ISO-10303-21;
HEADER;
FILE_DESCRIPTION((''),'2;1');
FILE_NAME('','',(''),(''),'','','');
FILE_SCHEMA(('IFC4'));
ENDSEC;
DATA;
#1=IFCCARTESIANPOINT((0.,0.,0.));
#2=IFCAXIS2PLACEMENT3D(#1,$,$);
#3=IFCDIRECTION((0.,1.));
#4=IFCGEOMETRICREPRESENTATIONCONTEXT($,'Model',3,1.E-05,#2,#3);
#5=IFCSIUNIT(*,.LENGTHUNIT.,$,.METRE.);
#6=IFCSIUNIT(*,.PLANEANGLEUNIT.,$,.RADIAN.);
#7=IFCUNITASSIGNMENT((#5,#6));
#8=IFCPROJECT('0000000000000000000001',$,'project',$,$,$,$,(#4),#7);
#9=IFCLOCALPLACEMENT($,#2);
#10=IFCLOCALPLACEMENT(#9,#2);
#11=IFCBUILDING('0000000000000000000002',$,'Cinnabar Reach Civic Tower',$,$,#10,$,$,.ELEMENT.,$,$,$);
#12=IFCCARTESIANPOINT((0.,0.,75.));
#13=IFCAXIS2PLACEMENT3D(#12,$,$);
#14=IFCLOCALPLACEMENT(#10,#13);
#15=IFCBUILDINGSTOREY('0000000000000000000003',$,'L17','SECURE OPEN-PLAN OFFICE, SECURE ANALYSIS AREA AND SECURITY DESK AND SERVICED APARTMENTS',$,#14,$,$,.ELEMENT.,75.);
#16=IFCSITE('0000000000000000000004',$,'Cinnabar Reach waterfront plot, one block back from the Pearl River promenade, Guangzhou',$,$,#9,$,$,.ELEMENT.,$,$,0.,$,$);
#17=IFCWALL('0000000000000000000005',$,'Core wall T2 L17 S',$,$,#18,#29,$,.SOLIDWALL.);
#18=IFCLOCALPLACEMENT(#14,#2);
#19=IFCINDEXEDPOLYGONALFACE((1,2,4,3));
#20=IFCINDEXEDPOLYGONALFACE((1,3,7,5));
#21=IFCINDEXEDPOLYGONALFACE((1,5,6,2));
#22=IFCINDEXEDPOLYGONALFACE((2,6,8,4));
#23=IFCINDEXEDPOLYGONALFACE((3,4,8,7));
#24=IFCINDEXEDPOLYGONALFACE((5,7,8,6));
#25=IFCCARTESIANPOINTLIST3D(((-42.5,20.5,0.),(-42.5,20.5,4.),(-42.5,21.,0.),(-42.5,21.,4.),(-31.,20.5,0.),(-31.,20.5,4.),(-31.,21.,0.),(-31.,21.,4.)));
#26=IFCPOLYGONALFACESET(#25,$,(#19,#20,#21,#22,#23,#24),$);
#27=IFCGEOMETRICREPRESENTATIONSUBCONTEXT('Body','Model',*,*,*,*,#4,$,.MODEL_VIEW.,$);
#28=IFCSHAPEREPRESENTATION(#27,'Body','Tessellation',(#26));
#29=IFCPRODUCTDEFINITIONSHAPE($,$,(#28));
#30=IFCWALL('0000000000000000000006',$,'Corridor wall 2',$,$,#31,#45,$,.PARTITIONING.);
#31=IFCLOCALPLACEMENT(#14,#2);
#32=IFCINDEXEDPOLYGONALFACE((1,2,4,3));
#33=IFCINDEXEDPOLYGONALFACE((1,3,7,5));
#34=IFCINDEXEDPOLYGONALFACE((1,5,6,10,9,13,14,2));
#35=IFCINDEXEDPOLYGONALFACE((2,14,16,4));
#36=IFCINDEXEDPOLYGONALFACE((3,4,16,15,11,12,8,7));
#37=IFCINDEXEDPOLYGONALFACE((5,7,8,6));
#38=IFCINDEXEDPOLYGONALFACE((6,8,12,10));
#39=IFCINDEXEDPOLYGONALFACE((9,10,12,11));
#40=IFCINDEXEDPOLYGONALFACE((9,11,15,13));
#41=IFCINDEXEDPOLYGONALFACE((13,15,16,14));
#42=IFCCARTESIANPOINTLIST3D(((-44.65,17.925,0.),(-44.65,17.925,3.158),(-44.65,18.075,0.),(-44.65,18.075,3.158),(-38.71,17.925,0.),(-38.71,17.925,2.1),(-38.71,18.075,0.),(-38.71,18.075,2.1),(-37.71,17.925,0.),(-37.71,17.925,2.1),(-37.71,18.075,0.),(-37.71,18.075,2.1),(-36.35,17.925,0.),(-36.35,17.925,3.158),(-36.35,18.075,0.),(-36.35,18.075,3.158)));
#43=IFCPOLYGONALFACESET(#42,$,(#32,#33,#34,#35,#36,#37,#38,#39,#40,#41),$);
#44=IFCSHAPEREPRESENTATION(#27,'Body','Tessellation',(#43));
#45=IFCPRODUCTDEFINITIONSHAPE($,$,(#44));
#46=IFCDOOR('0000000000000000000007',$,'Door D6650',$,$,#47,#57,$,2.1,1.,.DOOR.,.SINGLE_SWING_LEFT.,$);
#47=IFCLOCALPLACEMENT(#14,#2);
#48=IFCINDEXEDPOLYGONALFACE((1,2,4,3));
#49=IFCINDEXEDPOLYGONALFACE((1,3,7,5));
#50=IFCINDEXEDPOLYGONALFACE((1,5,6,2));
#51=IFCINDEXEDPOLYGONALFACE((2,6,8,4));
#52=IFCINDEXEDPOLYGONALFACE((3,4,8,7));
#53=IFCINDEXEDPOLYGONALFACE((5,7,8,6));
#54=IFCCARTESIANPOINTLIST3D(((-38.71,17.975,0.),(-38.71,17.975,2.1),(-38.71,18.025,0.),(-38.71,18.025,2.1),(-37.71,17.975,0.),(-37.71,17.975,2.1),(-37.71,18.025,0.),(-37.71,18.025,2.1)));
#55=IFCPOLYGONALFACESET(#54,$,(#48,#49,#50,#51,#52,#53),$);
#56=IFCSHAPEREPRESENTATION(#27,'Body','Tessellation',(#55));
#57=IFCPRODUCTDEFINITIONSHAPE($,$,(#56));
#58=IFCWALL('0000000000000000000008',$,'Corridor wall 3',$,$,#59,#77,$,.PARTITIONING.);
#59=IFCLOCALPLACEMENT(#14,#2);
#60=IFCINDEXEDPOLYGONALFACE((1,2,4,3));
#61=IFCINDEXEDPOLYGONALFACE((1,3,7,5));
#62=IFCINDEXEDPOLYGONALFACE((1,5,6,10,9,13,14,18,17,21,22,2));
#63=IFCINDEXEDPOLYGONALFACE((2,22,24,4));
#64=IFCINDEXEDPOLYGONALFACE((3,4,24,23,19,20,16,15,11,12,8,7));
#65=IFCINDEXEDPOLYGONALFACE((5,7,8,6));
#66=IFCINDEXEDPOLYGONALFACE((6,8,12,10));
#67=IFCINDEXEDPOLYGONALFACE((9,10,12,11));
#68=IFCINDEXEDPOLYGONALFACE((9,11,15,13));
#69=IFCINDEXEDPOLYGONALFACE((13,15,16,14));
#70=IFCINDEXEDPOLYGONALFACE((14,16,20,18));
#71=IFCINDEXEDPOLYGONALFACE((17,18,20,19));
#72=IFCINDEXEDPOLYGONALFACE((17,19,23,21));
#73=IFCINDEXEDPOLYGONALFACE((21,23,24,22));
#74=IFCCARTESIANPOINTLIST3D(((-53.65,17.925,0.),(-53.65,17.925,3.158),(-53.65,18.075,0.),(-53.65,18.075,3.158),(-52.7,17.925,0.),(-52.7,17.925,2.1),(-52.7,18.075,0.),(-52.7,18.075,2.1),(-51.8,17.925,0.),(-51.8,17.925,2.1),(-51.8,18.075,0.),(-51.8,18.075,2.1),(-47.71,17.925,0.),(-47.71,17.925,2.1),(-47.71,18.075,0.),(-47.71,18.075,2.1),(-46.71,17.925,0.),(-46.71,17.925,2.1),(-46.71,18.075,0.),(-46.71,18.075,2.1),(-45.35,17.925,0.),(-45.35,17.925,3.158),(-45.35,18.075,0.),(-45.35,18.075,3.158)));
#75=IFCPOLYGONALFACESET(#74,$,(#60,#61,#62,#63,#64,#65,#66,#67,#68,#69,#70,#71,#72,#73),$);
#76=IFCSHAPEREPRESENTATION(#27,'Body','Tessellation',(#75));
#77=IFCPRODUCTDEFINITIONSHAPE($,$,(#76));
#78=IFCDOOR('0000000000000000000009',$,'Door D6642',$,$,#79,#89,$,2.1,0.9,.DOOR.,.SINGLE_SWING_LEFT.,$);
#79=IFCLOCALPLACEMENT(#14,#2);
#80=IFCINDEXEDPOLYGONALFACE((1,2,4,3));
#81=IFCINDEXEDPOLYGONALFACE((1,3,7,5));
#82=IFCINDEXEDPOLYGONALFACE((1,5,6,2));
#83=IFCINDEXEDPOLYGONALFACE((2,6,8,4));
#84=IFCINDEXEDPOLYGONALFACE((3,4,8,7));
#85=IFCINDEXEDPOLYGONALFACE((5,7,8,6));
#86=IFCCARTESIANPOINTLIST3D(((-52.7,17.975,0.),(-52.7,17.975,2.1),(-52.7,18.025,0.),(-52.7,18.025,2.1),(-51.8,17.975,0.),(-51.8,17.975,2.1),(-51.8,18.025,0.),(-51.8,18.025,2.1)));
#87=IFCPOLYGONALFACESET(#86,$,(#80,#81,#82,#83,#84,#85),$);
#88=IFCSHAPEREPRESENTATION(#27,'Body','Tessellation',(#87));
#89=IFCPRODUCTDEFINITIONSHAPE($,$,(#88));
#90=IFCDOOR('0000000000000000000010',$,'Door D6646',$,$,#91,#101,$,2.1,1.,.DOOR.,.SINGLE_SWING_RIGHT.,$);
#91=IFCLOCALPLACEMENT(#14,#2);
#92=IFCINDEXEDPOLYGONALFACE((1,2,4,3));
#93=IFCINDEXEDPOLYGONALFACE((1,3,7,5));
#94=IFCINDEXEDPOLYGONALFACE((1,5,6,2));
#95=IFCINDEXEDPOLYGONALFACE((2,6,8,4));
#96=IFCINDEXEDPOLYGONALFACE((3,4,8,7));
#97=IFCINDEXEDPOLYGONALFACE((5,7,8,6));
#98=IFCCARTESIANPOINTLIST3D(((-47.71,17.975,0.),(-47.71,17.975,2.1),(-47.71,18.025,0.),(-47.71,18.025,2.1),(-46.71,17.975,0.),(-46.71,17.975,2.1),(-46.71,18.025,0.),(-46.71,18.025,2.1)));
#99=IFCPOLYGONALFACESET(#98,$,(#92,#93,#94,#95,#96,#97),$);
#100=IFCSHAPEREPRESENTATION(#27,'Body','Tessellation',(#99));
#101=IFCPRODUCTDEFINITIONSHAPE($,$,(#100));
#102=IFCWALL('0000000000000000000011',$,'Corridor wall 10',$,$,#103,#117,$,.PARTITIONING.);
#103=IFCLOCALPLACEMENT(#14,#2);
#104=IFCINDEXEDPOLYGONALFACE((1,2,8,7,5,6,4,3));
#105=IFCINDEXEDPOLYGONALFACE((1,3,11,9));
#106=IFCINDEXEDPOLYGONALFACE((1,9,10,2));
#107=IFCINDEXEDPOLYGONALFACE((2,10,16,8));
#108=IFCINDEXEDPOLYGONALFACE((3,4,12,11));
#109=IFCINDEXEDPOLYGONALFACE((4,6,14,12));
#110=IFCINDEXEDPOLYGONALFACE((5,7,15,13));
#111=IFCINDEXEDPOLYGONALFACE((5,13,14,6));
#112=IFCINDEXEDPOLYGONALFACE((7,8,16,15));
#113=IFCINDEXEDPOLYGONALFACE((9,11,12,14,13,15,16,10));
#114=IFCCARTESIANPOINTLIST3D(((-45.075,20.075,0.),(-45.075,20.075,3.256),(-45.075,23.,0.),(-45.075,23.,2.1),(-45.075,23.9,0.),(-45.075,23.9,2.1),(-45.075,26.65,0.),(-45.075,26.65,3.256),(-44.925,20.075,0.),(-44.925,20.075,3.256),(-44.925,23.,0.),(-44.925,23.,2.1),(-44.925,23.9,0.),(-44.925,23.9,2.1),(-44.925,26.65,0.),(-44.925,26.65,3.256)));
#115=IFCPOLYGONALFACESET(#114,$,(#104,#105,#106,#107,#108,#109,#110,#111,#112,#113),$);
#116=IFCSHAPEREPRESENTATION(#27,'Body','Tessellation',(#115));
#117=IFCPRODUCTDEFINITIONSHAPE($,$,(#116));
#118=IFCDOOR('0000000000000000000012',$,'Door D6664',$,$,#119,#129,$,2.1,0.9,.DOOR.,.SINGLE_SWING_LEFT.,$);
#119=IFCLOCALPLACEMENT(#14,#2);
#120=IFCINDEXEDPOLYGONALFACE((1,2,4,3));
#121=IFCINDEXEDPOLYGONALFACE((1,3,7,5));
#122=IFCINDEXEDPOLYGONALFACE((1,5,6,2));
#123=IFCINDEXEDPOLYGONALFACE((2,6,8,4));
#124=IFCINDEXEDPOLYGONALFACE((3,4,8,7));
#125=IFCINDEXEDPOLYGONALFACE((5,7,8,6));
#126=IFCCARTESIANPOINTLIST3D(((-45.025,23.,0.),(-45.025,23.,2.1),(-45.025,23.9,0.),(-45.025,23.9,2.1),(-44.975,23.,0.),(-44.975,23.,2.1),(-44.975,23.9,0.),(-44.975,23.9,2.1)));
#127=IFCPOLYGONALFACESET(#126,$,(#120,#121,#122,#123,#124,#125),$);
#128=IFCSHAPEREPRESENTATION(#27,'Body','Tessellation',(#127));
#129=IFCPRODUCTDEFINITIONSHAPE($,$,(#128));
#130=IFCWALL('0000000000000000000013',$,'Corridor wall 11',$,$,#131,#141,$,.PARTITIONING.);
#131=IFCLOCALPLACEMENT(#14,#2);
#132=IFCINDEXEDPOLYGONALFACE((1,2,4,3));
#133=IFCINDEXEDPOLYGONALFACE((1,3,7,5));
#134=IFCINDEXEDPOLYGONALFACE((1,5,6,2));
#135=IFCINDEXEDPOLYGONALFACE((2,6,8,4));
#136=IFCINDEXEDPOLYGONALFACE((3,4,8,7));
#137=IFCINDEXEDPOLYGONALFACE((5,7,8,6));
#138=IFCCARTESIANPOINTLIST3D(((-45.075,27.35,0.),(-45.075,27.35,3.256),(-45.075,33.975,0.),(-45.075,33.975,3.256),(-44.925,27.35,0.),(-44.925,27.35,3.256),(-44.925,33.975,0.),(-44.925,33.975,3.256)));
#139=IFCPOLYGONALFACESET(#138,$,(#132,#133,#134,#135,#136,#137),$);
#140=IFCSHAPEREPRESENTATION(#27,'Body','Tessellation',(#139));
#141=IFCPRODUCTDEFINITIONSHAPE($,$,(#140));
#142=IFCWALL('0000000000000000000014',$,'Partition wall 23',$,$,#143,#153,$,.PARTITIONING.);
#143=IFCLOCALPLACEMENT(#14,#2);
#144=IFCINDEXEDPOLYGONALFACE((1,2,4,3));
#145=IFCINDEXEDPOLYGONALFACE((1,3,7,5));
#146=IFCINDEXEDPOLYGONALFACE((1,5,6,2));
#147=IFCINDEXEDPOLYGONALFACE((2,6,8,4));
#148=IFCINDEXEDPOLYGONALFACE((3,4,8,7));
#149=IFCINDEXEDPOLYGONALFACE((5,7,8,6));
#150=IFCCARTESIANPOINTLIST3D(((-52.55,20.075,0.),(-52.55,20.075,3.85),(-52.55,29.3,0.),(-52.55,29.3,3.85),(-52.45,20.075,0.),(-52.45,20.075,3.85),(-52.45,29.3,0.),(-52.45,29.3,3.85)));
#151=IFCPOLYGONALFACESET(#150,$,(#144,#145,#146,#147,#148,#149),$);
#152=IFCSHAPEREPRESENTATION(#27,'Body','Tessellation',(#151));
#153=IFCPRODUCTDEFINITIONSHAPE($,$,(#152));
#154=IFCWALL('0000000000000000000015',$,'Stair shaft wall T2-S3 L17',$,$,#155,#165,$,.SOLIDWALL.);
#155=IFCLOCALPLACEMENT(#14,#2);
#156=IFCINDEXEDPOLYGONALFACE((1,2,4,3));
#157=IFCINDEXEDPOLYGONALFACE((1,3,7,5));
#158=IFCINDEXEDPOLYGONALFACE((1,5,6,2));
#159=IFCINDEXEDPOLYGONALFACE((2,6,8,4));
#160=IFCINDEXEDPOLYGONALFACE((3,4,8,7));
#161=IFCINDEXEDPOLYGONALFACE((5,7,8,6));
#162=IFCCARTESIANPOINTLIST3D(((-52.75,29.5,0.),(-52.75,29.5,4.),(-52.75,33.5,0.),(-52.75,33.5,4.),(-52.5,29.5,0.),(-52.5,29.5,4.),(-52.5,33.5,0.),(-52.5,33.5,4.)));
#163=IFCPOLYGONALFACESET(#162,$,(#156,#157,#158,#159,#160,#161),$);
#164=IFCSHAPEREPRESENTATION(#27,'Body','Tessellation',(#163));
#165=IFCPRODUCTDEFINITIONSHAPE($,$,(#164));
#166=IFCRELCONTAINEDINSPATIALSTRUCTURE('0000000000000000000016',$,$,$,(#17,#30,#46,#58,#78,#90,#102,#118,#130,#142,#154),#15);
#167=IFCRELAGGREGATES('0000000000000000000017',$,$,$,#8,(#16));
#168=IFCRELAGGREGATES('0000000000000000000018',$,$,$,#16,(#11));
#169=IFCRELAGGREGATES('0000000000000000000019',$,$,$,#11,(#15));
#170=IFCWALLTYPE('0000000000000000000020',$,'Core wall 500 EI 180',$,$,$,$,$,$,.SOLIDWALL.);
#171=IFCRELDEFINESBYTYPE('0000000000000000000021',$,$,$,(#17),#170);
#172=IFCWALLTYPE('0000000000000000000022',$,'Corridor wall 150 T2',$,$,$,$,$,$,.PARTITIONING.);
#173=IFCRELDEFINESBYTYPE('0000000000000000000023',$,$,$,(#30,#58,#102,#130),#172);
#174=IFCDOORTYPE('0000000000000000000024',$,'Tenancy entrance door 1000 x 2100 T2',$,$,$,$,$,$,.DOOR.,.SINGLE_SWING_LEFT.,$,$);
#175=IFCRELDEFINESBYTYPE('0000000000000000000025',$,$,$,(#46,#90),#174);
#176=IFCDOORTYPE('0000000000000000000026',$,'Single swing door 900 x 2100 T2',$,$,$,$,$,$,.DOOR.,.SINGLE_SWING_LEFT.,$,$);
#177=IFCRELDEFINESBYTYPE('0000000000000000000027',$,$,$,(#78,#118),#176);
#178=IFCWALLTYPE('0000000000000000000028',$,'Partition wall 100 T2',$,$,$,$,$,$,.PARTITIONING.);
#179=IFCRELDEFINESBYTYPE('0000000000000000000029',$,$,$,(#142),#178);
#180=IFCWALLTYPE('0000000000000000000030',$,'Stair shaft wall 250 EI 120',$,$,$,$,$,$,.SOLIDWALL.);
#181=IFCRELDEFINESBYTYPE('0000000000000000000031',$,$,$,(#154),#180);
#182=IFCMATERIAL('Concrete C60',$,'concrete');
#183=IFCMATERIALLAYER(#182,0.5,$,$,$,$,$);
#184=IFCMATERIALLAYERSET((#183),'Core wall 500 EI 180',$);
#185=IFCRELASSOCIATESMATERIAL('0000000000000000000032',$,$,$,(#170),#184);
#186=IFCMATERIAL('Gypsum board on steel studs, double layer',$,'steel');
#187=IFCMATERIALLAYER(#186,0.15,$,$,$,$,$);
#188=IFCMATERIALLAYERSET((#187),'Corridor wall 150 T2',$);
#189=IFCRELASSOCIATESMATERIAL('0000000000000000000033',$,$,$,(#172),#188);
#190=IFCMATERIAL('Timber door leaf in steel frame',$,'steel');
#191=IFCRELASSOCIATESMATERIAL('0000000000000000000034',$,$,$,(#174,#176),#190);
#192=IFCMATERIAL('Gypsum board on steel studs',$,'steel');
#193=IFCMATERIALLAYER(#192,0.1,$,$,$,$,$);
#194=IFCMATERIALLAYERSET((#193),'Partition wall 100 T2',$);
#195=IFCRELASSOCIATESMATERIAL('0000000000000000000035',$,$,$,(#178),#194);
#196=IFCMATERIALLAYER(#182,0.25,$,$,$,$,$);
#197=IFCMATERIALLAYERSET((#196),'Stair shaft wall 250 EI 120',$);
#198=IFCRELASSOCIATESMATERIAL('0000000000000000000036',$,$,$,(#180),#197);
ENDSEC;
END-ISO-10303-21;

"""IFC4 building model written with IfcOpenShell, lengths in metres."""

from ifc_helpers import new_model, si_unit, direction, frame, frame_2d, origin, place, context, subcontext, project, spatial, rectangle, extrude, material, layer, layer_set, type_object, element, fill, save


model = new_model("IFC4")

# Units and contexts
model_context = context("Model", 3, precision=1e-05, world=origin(), true_north=direction((0.0, 1.0)))
body_context = subcontext(model_context, "Body", "Model", "MODEL_VIEW")
ifc_project = project(units=[si_unit("LENGTHUNIT", "METRE"), si_unit("PLANEANGLEUNIT", "RADIAN")], contexts=[model_context])

# Site, building, storey
site_placement = place(None, origin())
site = spatial("IfcSite", under=ifc_project, at=site_placement, Name="Cinnabar Reach waterfront plot, one block back from the Pearl River promenade, Guangzhou", CompositionType="ELEMENT", RefElevation=0.0)
building_placement = place(site_placement, origin())
building = spatial("IfcBuilding", under=site, at=building_placement, Name="Cinnabar Reach Civic Tower", CompositionType="ELEMENT")
storey_placement = place(building_placement, frame((0.0, 0.0, 75.0)))
storey = spatial("IfcBuildingStorey", under=building, at=storey_placement, Name="L17", Description="SECURE OPEN-PLAN OFFICE, SECURE ANALYSIS AREA AND SECURITY DESK AND SERVICED APARTMENTS", CompositionType="ELEMENT", Elevation=75.0)

# Shared definitions
ifc_material_1 = material(Name="Concrete C60", Category="concrete")

# Wall
ifc_layer_1 = layer(ifc_material_1, 0.5)
ifc_layer_set_1 = layer_set([ifc_layer_1], Name="Core wall 500 EI 180")
wall_type_1 = type_object("IfcWallType", Name="Core wall 500 EI 180", PredefinedType="SOLIDWALL", material=ifc_layer_set_1)
wall_1_placement = place(storey_placement, frame((-42.5, 20.75, 0.0), z_axis=(0.0, 0.0, 1.0), x_axis=(1.0, 0.0, 0.0)))
element("IfcWall", 1, at=wall_1_placement, inside=storey, type_object=wall_type_1, Name="Core wall T2 L17 S", PredefinedType="SOLIDWALL", context=body_context, shape_type="SweptSolid", body=[
    extrude(rectangle(XDim=11.5, YDim=0.5, at=frame_2d((5.75, 0.0))), origin(), (0.0, 0.0, 1.0), 4.0),
])

# Wall, opening, door
ifc_material_2 = material(Name="Gypsum board on steel studs, double layer", Category="steel")
ifc_layer_2 = layer(ifc_material_2, 0.15)
ifc_layer_set_2 = layer_set([ifc_layer_2], Name="Corridor wall 150 T2")
wall_type_2 = type_object("IfcWallType", Name="Corridor wall 150 T2", PredefinedType="PARTITIONING", material=ifc_layer_set_2)
wall_2_placement = place(storey_placement, frame((-44.65, 18.0, 0.0), z_axis=(0.0, 0.0, 1.0), x_axis=(1.0, 0.0, 0.0)))
wall_2 = element("IfcWall", 2, at=wall_2_placement, inside=storey, type_object=wall_type_2, Name="Corridor wall 2", PredefinedType="PARTITIONING", context=body_context, shape_type="SweptSolid", body=[
    extrude(rectangle(XDim=8.3, YDim=0.15, at=frame_2d((4.15, 0.0))), origin(), (0.0, 0.0, 1.0), 3.158),
])
opening_1_placement = place(wall_2_placement, frame((5.94, 0.0, 0.0)))
opening_1 = element("IfcOpeningElement", 3, at=opening_1_placement, cuts=wall_2, PredefinedType="OPENING", context=body_context, shape_type="SweptSolid", body=[
    extrude(rectangle(XDim=1.0, YDim=2.1, at=frame_2d((0.5, 1.05))), frame((0.0, 0.085, 0.0), z_axis=(0.0, -1.0, 0.0), x_axis=(1.0, 0.0, 0.0)), (0.0, 0.0, 1.0), 0.17),
])
ifc_material_3 = material(Name="Timber door leaf in steel frame", Category="steel")
door_type_1 = type_object("IfcDoorType", Name="Tenancy entrance door 1000 x 2100 T2", OperationType="SINGLE_SWING_LEFT", PredefinedType="DOOR", material=ifc_material_3)
door_1_placement = place(opening_1_placement, frame((1.0, 0.0, 0.0), z_axis=(0.0, 0.0, 1.0), x_axis=(-1.0, 0.0, 0.0)))
door_1 = element("IfcDoor", 4, at=door_1_placement, inside=storey, type_object=door_type_1, Name="Door D6650", OperationType="SINGLE_SWING_LEFT", OverallHeight=2.1, OverallWidth=1.0, PredefinedType="DOOR", context=body_context, shape_type="SweptSolid", body=[
    extrude(rectangle(XDim=1.0, YDim=2.1, at=frame_2d((0.5, 1.05))), frame((0.0, 0.025, 0.0), z_axis=(0.0, -1.0, 0.0), x_axis=(1.0, 0.0, 0.0)), (0.0, 0.0, 1.0), 0.05),
])
fill(opening_1, door_1)

# Wall, openings, doors
wall_3_placement = place(storey_placement, frame((-53.65, 18.0, 0.0), z_axis=(0.0, 0.0, 1.0), x_axis=(1.0, 0.0, 0.0)))
wall_3 = element("IfcWall", 5, at=wall_3_placement, inside=storey, type_object=wall_type_2, Name="Corridor wall 3", PredefinedType="PARTITIONING", context=body_context, shape_type="SweptSolid", body=[
    extrude(rectangle(XDim=8.3, YDim=0.15, at=frame_2d((4.15, 0.0))), origin(), (0.0, 0.0, 1.0), 3.158),
])
opening_2_placement = place(wall_3_placement, frame((0.95, 0.0, 0.0)))
opening_2 = element("IfcOpeningElement", 6, at=opening_2_placement, cuts=wall_3, PredefinedType="OPENING", context=body_context, shape_type="SweptSolid", body=[
    extrude(rectangle(XDim=0.9, YDim=2.1, at=frame_2d((0.45, 1.05))), frame((0.0, 0.085, 0.0), z_axis=(0.0, -1.0, 0.0), x_axis=(1.0, 0.0, 0.0)), (0.0, 0.0, 1.0), 0.17),
])
opening_3_placement = place(wall_3_placement, frame((5.94, 0.0, 0.0)))
opening_3 = element("IfcOpeningElement", 7, at=opening_3_placement, cuts=wall_3, PredefinedType="OPENING", context=body_context, shape_type="SweptSolid", body=[
    extrude(rectangle(XDim=1.0, YDim=2.1, at=frame_2d((0.5, 1.05))), frame((0.0, 0.085, 0.0), z_axis=(0.0, -1.0, 0.0), x_axis=(1.0, 0.0, 0.0)), (0.0, 0.0, 1.0), 0.17),
])
door_type_2 = type_object("IfcDoorType", Name="Single swing door 900 x 2100 T2", OperationType="SINGLE_SWING_LEFT", PredefinedType="DOOR", material=ifc_material_3)
door_2_placement = place(opening_2_placement, frame((0.9, 0.0, 0.0), z_axis=(0.0, 0.0, 1.0), x_axis=(-1.0, 0.0, 0.0)))
door_2 = element("IfcDoor", 8, at=door_2_placement, inside=storey, type_object=door_type_2, Name="Door D6642", OperationType="SINGLE_SWING_LEFT", OverallHeight=2.1, OverallWidth=0.9, PredefinedType="DOOR", context=body_context, shape_type="SweptSolid", body=[
    extrude(rectangle(XDim=0.9, YDim=2.1, at=frame_2d((0.45, 1.05))), frame((0.0, 0.025, 0.0), z_axis=(0.0, -1.0, 0.0), x_axis=(1.0, 0.0, 0.0)), (0.0, 0.0, 1.0), 0.05),
])
fill(opening_2, door_2)
door_3_placement = place(opening_3_placement, frame((1.0, 0.0, 0.0), z_axis=(0.0, 0.0, 1.0), x_axis=(-1.0, 0.0, 0.0)))
door_3 = element("IfcDoor", 9, at=door_3_placement, inside=storey, type_object=door_type_1, Name="Door D6646", OperationType="SINGLE_SWING_RIGHT", OverallHeight=2.1, OverallWidth=1.0, PredefinedType="DOOR", context=body_context, shape_type="SweptSolid", body=[
    extrude(rectangle(XDim=1.0, YDim=2.1, at=frame_2d((0.5, 1.05))), frame((0.0, 0.025, 0.0), z_axis=(0.0, -1.0, 0.0), x_axis=(1.0, 0.0, 0.0)), (0.0, 0.0, 1.0), 0.05),
])
fill(opening_3, door_3)

# Wall, opening, door
wall_4_placement = place(storey_placement, frame((-45.0, 20.075, 0.0), z_axis=(0.0, 0.0, 1.0), x_axis=(0.0, 1.0, 0.0)))
wall_4 = element("IfcWall", 10, at=wall_4_placement, inside=storey, type_object=wall_type_2, Name="Corridor wall 10", PredefinedType="PARTITIONING", context=body_context, shape_type="SweptSolid", body=[
    extrude(rectangle(XDim=6.575, YDim=0.15, at=frame_2d((3.2875, 0.0))), origin(), (0.0, 0.0, 1.0), 3.256),
])
opening_4_placement = place(wall_4_placement, frame((2.925, 0.0, 0.0)))
opening_4 = element("IfcOpeningElement", 11, at=opening_4_placement, cuts=wall_4, PredefinedType="OPENING", context=body_context, shape_type="SweptSolid", body=[
    extrude(rectangle(XDim=0.9, YDim=2.1, at=frame_2d((0.45, 1.05))), frame((0.0, 0.085, 0.0), z_axis=(0.0, -1.0, 0.0), x_axis=(1.0, 0.0, 0.0)), (0.0, 0.0, 1.0), 0.17),
])
door_4_placement = place(opening_4_placement, origin())
door_4 = element("IfcDoor", 12, at=door_4_placement, inside=storey, type_object=door_type_2, Name="Door D6664", OperationType="SINGLE_SWING_LEFT", OverallHeight=2.1, OverallWidth=0.9, PredefinedType="DOOR", context=body_context, shape_type="SweptSolid", body=[
    extrude(rectangle(XDim=0.9, YDim=2.1, at=frame_2d((0.45, 1.05))), frame((0.0, 0.025, 0.0), z_axis=(0.0, -1.0, 0.0), x_axis=(1.0, 0.0, 0.0)), (0.0, 0.0, 1.0), 0.05),
])
fill(opening_4, door_4)

# Walls
wall_5_placement = place(storey_placement, frame((-45.0, 27.35, 0.0), z_axis=(0.0, 0.0, 1.0), x_axis=(0.0, 1.0, 0.0)))
element("IfcWall", 13, at=wall_5_placement, inside=storey, type_object=wall_type_2, Name="Corridor wall 11", PredefinedType="PARTITIONING", context=body_context, shape_type="SweptSolid", body=[
    extrude(rectangle(XDim=6.625, YDim=0.15, at=frame_2d((3.3125, 0.0))), origin(), (0.0, 0.0, 1.0), 3.256),
])
ifc_material_4 = material(Name="Gypsum board on steel studs", Category="steel")
ifc_layer_3 = layer(ifc_material_4, 0.1)
ifc_layer_set_3 = layer_set([ifc_layer_3], Name="Partition wall 100 T2")
wall_type_3 = type_object("IfcWallType", Name="Partition wall 100 T2", PredefinedType="PARTITIONING", material=ifc_layer_set_3)
wall_6_placement = place(storey_placement, frame((-52.5, 20.075, 0.0), z_axis=(0.0, 0.0, 1.0), x_axis=(0.0, 1.0, 0.0)))
element("IfcWall", 14, at=wall_6_placement, inside=storey, type_object=wall_type_3, Name="Partition wall 23", PredefinedType="PARTITIONING", context=body_context, shape_type="SweptSolid", body=[
    extrude(rectangle(XDim=9.225, YDim=0.1, at=frame_2d((4.6125, 0.0))), origin(), (0.0, 0.0, 1.0), 3.85),
])
ifc_layer_4 = layer(ifc_material_1, 0.25)
ifc_layer_set_4 = layer_set([ifc_layer_4], Name="Stair shaft wall 250 EI 120")
wall_type_4 = type_object("IfcWallType", Name="Stair shaft wall 250 EI 120", PredefinedType="SOLIDWALL", material=ifc_layer_set_4)
wall_7_placement = place(storey_placement, frame((-52.625, 29.5, 0.0), z_axis=(0.0, 0.0, 1.0), x_axis=(0.0, 1.0, 0.0)))
element("IfcWall", 15, at=wall_7_placement, inside=storey, type_object=wall_type_4, Name="Stair shaft wall T2-S3 L17", PredefinedType="SOLIDWALL", context=body_context, shape_type="SweptSolid", body=[
    extrude(rectangle(XDim=4.0, YDim=0.25, at=frame_2d((2.0, 0.0))), origin(), (0.0, 0.0, 1.0), 4.0),
])

save(model, "model.ifc")
